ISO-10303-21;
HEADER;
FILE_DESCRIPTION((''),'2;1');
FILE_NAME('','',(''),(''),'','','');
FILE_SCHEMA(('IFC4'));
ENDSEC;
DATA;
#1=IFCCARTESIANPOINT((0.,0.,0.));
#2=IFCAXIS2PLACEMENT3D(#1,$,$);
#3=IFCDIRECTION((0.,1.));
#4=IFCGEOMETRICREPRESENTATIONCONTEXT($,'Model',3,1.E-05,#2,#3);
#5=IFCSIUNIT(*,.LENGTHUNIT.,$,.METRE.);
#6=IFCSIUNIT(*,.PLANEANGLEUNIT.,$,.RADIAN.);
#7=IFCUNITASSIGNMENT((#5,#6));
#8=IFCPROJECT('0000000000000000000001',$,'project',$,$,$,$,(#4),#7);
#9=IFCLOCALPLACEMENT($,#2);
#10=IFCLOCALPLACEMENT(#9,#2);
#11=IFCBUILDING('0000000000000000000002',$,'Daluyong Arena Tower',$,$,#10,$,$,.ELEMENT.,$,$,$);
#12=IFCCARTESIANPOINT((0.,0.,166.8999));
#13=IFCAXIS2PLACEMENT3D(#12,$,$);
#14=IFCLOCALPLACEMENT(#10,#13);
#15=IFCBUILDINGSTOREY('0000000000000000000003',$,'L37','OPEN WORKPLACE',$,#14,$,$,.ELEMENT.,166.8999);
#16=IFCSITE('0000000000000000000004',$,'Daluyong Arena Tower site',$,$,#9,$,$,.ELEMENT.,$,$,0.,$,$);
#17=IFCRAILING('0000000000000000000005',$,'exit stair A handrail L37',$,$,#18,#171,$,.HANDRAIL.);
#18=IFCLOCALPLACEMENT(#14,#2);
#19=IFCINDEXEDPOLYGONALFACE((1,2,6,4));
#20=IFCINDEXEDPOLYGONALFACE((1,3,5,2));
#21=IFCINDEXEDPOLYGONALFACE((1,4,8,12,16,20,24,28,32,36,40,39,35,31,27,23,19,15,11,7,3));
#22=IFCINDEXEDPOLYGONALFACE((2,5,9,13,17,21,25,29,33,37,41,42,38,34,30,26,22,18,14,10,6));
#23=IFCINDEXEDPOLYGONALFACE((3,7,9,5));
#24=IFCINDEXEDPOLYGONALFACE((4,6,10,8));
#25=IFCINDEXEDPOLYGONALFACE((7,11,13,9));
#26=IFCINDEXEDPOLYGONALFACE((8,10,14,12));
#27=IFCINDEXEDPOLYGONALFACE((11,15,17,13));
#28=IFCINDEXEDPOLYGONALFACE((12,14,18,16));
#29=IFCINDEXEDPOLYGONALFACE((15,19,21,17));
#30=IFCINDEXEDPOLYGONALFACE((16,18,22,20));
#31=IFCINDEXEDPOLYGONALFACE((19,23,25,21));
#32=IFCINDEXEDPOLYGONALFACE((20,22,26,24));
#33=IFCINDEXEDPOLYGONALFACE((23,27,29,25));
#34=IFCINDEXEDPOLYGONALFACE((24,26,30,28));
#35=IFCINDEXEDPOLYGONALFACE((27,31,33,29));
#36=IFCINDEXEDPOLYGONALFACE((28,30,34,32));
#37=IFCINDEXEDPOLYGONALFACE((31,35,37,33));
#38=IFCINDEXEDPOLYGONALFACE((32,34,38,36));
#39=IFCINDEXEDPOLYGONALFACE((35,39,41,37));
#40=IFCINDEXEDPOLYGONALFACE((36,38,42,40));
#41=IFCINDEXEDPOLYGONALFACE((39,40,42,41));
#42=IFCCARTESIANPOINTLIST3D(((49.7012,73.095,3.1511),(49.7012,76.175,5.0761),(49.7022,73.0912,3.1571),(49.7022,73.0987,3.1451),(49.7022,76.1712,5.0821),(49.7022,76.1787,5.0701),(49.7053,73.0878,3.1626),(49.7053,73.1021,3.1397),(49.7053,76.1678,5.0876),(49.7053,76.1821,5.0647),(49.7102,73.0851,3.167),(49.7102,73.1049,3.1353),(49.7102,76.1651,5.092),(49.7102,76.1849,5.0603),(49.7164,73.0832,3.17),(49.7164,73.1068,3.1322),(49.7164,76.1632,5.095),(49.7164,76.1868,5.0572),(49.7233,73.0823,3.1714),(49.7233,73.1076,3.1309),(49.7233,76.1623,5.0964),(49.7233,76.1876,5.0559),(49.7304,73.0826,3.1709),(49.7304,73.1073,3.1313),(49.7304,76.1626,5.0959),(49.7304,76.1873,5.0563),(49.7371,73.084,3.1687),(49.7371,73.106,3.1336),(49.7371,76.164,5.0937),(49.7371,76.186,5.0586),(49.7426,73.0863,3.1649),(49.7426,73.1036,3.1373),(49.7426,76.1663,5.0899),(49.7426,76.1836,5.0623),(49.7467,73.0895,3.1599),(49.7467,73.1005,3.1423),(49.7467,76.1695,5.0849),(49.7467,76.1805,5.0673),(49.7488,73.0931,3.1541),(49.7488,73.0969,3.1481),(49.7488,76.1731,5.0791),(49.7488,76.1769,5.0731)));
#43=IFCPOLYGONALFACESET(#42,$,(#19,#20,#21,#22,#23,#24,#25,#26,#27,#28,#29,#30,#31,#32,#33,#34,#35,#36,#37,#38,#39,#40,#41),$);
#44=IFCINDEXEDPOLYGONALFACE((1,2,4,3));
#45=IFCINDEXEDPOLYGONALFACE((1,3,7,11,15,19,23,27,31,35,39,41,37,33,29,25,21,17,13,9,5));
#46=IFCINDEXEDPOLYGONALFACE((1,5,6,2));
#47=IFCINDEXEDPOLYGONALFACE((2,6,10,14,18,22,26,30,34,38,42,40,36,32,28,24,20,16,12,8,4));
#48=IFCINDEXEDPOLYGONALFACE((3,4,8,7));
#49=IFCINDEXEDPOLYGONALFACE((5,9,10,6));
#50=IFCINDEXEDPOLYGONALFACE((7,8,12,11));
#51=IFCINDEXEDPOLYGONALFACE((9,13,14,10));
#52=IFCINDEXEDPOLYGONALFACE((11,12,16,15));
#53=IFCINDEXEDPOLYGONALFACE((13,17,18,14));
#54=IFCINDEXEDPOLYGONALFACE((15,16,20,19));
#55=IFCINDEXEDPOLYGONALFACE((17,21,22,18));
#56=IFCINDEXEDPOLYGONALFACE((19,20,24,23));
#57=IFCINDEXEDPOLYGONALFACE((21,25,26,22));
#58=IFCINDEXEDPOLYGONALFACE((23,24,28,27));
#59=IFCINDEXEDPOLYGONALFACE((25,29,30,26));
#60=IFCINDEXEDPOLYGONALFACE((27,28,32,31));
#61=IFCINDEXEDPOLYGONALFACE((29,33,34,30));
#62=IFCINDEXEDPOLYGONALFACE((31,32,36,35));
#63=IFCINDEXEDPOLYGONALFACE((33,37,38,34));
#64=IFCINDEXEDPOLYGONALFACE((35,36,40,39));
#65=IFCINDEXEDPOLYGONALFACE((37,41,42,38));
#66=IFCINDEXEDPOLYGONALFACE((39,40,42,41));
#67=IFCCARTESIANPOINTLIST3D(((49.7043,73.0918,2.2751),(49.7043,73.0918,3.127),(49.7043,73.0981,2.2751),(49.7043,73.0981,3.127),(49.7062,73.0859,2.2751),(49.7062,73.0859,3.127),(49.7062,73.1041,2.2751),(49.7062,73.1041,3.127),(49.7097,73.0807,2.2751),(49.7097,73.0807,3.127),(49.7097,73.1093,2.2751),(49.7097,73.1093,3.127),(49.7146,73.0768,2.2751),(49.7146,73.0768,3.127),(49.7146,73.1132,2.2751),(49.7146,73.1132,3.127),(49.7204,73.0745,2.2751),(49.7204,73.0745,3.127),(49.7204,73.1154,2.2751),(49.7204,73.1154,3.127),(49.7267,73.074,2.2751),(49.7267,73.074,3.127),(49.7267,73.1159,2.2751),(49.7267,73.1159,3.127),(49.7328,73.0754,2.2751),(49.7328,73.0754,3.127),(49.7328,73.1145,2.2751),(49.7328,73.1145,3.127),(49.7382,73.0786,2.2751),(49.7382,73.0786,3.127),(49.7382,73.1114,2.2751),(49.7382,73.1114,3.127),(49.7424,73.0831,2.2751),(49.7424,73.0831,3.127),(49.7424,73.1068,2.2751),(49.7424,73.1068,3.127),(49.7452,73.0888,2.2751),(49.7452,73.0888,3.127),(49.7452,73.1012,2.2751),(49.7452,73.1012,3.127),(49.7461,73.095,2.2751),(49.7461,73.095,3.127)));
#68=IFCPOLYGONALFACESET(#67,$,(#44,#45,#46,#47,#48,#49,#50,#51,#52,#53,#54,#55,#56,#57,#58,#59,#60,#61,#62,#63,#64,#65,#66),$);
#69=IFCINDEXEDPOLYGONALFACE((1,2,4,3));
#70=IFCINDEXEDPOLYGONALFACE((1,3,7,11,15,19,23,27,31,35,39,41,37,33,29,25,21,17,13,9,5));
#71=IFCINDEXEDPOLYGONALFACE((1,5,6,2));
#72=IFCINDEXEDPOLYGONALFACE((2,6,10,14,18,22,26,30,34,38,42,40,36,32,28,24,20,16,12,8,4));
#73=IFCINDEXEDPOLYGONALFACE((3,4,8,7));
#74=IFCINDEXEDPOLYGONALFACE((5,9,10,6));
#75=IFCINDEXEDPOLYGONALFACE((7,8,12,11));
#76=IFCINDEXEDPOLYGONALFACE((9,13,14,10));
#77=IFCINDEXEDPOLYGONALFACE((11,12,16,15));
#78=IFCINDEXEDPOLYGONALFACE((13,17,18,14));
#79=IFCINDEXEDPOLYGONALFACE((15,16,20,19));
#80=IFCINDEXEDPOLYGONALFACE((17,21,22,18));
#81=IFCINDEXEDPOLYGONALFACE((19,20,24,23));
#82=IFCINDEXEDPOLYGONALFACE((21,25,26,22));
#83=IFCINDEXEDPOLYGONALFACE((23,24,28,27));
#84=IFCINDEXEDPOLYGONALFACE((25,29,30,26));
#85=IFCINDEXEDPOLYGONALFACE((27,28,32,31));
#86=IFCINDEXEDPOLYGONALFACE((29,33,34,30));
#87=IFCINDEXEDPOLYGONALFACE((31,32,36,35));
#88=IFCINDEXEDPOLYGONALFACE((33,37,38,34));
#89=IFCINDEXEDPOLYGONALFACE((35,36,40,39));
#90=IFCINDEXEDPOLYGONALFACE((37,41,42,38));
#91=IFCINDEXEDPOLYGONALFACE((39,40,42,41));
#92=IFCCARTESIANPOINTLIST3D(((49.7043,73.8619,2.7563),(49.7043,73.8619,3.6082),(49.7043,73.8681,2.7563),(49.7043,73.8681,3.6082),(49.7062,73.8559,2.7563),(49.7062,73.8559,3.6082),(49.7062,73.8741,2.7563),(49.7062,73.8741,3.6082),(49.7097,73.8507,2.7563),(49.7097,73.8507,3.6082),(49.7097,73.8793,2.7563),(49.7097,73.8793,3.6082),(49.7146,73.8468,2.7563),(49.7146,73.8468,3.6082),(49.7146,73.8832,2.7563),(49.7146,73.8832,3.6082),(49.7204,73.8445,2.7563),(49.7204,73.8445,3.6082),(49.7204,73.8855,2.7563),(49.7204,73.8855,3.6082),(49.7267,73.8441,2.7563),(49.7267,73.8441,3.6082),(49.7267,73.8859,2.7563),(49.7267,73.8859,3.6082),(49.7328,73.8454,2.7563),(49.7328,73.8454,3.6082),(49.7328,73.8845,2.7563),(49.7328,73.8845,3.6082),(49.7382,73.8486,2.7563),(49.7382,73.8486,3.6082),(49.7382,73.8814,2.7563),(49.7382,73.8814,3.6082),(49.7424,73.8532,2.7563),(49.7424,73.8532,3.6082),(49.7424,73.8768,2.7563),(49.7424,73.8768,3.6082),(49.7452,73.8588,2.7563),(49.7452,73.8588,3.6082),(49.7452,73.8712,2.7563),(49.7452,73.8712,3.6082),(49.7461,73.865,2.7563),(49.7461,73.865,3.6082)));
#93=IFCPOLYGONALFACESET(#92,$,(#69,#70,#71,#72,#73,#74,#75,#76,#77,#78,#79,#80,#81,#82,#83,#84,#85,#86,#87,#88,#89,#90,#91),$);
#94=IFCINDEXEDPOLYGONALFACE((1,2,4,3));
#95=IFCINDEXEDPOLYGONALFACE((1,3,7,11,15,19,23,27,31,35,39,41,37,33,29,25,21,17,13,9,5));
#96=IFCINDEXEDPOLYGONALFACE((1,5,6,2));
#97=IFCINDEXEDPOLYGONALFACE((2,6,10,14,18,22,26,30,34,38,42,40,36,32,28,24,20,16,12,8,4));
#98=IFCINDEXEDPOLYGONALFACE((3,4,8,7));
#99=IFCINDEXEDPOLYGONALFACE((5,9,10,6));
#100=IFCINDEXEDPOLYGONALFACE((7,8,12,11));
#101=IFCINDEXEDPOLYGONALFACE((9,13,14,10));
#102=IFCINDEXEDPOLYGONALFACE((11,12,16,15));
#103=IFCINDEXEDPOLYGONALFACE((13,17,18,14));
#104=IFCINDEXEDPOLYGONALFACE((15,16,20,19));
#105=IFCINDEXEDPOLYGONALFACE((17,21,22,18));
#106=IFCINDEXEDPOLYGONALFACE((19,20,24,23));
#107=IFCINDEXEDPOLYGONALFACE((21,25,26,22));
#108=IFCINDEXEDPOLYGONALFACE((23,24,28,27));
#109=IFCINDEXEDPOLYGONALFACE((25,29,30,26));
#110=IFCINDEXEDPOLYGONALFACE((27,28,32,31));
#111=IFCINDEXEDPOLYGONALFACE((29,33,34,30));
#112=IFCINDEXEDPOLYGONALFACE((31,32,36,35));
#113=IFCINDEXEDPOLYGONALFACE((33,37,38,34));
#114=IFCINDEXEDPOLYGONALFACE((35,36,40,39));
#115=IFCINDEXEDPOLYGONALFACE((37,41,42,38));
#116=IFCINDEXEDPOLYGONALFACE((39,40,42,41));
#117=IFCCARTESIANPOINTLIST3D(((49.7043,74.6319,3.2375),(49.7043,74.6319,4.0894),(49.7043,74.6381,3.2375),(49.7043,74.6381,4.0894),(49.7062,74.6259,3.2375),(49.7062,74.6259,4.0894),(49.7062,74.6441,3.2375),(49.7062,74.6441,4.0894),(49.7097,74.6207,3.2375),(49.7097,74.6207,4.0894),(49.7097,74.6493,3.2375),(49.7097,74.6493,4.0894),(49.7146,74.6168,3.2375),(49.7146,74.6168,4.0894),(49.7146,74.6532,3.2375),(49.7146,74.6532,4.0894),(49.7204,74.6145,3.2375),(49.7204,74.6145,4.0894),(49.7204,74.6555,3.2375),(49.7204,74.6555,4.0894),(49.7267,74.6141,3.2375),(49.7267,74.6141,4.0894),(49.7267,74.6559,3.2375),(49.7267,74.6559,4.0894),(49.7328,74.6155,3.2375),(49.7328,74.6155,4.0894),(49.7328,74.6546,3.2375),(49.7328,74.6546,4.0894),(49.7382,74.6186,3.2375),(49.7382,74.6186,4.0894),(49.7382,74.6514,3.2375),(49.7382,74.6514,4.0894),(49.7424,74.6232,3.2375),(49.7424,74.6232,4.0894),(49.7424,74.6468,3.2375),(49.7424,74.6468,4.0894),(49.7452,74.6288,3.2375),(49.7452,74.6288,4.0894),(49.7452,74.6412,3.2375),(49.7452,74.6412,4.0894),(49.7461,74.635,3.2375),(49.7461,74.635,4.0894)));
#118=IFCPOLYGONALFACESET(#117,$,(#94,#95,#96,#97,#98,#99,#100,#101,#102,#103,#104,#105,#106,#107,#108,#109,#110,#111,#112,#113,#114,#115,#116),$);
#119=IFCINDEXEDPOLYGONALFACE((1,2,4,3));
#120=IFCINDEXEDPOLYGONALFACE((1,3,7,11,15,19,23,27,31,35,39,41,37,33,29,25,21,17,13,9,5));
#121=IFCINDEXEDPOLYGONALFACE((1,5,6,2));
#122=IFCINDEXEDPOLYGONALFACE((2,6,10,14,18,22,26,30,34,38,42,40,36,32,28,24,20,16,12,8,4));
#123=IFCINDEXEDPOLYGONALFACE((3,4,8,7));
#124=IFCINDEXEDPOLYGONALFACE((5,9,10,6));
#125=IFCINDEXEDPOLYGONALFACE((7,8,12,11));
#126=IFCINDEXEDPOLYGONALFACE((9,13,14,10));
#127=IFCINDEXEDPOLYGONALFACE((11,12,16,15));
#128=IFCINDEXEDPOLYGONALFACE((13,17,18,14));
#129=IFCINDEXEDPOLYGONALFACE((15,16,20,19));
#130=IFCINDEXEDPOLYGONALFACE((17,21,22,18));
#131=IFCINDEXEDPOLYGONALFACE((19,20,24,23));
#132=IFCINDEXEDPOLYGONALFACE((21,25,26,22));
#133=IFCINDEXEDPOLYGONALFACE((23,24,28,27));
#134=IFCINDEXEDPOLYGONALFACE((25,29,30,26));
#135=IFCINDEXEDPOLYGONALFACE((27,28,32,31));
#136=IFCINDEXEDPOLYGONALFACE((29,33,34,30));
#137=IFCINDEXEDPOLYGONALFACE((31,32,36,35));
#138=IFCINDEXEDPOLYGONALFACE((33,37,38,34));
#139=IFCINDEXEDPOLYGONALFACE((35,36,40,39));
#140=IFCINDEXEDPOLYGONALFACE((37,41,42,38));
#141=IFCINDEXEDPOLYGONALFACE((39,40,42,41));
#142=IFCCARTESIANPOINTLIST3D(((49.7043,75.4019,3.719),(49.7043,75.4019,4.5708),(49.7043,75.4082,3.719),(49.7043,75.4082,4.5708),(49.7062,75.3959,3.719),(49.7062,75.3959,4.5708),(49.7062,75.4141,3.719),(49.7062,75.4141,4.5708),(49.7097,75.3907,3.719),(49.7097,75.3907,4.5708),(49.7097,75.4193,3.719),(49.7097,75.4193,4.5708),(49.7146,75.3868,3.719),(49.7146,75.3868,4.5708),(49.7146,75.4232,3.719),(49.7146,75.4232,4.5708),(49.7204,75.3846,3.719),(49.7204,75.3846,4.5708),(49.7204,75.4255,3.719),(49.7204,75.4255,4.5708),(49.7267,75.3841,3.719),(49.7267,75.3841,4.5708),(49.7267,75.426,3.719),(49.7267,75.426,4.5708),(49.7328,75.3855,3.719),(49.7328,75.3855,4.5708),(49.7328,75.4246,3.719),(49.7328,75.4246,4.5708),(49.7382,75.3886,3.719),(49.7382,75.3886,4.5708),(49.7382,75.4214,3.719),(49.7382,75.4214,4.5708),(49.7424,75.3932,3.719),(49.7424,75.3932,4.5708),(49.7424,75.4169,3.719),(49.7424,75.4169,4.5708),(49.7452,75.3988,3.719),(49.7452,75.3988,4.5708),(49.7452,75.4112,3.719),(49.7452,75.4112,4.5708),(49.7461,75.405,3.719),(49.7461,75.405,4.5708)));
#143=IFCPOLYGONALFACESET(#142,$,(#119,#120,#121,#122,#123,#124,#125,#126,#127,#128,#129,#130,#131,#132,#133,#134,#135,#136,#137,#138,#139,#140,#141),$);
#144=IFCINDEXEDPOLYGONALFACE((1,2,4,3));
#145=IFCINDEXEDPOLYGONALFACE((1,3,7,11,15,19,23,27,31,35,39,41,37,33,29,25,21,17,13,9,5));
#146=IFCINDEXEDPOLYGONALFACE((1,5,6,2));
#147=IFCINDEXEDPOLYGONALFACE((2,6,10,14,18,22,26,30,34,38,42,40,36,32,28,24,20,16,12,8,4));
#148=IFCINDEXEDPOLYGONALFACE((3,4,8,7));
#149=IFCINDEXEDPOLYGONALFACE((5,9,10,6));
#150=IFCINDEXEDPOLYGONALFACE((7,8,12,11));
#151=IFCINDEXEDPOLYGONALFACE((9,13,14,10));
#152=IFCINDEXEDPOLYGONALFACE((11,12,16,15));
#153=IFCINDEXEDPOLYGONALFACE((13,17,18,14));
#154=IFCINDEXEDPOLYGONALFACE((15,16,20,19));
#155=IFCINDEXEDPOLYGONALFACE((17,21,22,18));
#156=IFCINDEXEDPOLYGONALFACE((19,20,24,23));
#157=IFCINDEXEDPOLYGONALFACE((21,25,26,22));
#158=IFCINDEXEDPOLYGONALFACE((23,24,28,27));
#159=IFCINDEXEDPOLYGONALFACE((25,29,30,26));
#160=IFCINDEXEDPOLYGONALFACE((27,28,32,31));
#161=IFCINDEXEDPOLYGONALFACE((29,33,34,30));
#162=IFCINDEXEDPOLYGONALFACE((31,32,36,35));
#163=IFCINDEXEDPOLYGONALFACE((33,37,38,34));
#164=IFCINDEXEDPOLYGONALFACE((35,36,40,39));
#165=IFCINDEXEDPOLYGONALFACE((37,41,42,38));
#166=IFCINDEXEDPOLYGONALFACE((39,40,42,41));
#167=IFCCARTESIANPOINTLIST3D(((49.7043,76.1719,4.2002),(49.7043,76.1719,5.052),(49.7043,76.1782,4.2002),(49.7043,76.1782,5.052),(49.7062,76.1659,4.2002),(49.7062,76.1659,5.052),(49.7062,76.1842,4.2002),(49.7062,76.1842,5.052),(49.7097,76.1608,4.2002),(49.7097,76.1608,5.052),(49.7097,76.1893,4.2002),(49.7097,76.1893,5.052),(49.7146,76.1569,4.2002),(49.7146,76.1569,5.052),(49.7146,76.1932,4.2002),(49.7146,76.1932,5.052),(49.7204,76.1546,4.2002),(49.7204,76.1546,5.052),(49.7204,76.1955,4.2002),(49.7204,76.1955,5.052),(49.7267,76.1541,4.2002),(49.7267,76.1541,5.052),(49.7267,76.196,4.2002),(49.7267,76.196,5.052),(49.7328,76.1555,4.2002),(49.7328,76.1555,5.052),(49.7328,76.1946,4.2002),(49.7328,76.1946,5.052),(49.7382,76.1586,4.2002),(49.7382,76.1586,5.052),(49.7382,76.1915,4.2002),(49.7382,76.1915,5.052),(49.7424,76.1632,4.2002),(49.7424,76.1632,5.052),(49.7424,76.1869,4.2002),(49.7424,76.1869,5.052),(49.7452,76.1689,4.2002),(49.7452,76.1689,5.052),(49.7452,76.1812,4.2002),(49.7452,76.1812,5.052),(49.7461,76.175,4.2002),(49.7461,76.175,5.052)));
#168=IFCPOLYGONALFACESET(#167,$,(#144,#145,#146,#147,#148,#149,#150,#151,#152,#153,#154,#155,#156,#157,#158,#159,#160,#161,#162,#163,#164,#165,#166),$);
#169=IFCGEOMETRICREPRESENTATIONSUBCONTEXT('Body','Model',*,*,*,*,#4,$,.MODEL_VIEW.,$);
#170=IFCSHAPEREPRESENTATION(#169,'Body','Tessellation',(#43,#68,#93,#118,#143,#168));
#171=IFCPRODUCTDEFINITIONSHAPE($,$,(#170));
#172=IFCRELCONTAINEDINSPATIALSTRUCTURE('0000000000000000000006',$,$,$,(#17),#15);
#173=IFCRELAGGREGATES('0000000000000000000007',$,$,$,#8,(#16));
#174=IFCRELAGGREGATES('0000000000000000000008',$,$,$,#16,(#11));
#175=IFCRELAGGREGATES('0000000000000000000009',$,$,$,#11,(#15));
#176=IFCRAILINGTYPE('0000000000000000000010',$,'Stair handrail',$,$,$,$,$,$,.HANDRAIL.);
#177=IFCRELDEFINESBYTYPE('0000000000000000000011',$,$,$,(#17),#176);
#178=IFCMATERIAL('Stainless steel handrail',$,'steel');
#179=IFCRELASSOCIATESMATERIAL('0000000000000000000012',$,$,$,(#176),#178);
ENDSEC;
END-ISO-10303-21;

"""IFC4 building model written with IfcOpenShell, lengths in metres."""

from ifc_helpers import new_model, si_unit, direction, frame, origin, origin_2d, place, context, subcontext, project, spatial, circle, extrude, material, type_object, element, save


model = new_model("IFC4")

# Units and contexts
model_context = context("Model", 3, precision=1e-05, world=origin(), true_north=direction((0.0, 1.0)))
body_context = subcontext(model_context, "Body", "Model", "MODEL_VIEW")
ifc_project = project(units=[si_unit("LENGTHUNIT", "METRE"), si_unit("PLANEANGLEUNIT", "RADIAN")], contexts=[model_context])

# Site, building, storey
site_placement = place(None, origin())
site = spatial("IfcSite", under=ifc_project, at=site_placement, Name="Daluyong Arena Tower site", CompositionType="ELEMENT", RefElevation=0.0)
building_placement = place(site_placement, origin())
building = spatial("IfcBuilding", under=site, at=building_placement, Name="Daluyong Arena Tower", CompositionType="ELEMENT")
storey_placement = place(building_placement, frame((0.0, 0.0, 166.8999)))
storey = spatial("IfcBuildingStorey", under=building, at=storey_placement, Name="L37", Description="OPEN WORKPLACE", CompositionType="ELEMENT", Elevation=166.8999)

# Railing
ifc_material_1 = material(Name="Stainless steel handrail", Category="steel")
railing_type_1 = type_object("IfcRailingType", Name="Stair handrail", PredefinedType="HANDRAIL", material=ifc_material_1)
railing_1_placement = place(storey_placement, frame((49.7251, 73.095, 2.2751)))
element("IfcRailing", 1, at=railing_1_placement, inside=storey, type_object=railing_type_1, Name="exit stair A handrail L37", PredefinedType="HANDRAIL", context=body_context, shape_type="SweptSolid", body=[
    extrude(circle(Radius=0.0239, at=origin_2d()), frame((0.0, 0.0, 0.876), z_axis=(0.0, 0.847998, 0.529999), x_axis=(-1.0, 0.0, 0.0)), (0.0, 0.0, 1.0), 3.6321),
    extrude(circle(Radius=0.021, at=origin_2d()), origin(), (0.0, 0.0, 1.0), 0.8518),
    extrude(circle(Radius=0.021, at=origin_2d()), frame((0.0, 0.77, 0.4812)), (0.0, 0.0, 1.0), 0.8518),
    extrude(circle(Radius=0.021, at=origin_2d()), frame((0.0, 1.54, 0.9624)), (0.0, 0.0, 1.0), 0.8518),
    extrude(circle(Radius=0.021, at=origin_2d()), frame((0.0, 2.3101, 1.4438)), (0.0, 0.0, 1.0), 0.8518),
    extrude(circle(Radius=0.021, at=origin_2d()), frame((0.0, 3.0801, 1.925)), (0.0, 0.0, 1.0), 0.8518),
])

save(model, "model.ifc")
